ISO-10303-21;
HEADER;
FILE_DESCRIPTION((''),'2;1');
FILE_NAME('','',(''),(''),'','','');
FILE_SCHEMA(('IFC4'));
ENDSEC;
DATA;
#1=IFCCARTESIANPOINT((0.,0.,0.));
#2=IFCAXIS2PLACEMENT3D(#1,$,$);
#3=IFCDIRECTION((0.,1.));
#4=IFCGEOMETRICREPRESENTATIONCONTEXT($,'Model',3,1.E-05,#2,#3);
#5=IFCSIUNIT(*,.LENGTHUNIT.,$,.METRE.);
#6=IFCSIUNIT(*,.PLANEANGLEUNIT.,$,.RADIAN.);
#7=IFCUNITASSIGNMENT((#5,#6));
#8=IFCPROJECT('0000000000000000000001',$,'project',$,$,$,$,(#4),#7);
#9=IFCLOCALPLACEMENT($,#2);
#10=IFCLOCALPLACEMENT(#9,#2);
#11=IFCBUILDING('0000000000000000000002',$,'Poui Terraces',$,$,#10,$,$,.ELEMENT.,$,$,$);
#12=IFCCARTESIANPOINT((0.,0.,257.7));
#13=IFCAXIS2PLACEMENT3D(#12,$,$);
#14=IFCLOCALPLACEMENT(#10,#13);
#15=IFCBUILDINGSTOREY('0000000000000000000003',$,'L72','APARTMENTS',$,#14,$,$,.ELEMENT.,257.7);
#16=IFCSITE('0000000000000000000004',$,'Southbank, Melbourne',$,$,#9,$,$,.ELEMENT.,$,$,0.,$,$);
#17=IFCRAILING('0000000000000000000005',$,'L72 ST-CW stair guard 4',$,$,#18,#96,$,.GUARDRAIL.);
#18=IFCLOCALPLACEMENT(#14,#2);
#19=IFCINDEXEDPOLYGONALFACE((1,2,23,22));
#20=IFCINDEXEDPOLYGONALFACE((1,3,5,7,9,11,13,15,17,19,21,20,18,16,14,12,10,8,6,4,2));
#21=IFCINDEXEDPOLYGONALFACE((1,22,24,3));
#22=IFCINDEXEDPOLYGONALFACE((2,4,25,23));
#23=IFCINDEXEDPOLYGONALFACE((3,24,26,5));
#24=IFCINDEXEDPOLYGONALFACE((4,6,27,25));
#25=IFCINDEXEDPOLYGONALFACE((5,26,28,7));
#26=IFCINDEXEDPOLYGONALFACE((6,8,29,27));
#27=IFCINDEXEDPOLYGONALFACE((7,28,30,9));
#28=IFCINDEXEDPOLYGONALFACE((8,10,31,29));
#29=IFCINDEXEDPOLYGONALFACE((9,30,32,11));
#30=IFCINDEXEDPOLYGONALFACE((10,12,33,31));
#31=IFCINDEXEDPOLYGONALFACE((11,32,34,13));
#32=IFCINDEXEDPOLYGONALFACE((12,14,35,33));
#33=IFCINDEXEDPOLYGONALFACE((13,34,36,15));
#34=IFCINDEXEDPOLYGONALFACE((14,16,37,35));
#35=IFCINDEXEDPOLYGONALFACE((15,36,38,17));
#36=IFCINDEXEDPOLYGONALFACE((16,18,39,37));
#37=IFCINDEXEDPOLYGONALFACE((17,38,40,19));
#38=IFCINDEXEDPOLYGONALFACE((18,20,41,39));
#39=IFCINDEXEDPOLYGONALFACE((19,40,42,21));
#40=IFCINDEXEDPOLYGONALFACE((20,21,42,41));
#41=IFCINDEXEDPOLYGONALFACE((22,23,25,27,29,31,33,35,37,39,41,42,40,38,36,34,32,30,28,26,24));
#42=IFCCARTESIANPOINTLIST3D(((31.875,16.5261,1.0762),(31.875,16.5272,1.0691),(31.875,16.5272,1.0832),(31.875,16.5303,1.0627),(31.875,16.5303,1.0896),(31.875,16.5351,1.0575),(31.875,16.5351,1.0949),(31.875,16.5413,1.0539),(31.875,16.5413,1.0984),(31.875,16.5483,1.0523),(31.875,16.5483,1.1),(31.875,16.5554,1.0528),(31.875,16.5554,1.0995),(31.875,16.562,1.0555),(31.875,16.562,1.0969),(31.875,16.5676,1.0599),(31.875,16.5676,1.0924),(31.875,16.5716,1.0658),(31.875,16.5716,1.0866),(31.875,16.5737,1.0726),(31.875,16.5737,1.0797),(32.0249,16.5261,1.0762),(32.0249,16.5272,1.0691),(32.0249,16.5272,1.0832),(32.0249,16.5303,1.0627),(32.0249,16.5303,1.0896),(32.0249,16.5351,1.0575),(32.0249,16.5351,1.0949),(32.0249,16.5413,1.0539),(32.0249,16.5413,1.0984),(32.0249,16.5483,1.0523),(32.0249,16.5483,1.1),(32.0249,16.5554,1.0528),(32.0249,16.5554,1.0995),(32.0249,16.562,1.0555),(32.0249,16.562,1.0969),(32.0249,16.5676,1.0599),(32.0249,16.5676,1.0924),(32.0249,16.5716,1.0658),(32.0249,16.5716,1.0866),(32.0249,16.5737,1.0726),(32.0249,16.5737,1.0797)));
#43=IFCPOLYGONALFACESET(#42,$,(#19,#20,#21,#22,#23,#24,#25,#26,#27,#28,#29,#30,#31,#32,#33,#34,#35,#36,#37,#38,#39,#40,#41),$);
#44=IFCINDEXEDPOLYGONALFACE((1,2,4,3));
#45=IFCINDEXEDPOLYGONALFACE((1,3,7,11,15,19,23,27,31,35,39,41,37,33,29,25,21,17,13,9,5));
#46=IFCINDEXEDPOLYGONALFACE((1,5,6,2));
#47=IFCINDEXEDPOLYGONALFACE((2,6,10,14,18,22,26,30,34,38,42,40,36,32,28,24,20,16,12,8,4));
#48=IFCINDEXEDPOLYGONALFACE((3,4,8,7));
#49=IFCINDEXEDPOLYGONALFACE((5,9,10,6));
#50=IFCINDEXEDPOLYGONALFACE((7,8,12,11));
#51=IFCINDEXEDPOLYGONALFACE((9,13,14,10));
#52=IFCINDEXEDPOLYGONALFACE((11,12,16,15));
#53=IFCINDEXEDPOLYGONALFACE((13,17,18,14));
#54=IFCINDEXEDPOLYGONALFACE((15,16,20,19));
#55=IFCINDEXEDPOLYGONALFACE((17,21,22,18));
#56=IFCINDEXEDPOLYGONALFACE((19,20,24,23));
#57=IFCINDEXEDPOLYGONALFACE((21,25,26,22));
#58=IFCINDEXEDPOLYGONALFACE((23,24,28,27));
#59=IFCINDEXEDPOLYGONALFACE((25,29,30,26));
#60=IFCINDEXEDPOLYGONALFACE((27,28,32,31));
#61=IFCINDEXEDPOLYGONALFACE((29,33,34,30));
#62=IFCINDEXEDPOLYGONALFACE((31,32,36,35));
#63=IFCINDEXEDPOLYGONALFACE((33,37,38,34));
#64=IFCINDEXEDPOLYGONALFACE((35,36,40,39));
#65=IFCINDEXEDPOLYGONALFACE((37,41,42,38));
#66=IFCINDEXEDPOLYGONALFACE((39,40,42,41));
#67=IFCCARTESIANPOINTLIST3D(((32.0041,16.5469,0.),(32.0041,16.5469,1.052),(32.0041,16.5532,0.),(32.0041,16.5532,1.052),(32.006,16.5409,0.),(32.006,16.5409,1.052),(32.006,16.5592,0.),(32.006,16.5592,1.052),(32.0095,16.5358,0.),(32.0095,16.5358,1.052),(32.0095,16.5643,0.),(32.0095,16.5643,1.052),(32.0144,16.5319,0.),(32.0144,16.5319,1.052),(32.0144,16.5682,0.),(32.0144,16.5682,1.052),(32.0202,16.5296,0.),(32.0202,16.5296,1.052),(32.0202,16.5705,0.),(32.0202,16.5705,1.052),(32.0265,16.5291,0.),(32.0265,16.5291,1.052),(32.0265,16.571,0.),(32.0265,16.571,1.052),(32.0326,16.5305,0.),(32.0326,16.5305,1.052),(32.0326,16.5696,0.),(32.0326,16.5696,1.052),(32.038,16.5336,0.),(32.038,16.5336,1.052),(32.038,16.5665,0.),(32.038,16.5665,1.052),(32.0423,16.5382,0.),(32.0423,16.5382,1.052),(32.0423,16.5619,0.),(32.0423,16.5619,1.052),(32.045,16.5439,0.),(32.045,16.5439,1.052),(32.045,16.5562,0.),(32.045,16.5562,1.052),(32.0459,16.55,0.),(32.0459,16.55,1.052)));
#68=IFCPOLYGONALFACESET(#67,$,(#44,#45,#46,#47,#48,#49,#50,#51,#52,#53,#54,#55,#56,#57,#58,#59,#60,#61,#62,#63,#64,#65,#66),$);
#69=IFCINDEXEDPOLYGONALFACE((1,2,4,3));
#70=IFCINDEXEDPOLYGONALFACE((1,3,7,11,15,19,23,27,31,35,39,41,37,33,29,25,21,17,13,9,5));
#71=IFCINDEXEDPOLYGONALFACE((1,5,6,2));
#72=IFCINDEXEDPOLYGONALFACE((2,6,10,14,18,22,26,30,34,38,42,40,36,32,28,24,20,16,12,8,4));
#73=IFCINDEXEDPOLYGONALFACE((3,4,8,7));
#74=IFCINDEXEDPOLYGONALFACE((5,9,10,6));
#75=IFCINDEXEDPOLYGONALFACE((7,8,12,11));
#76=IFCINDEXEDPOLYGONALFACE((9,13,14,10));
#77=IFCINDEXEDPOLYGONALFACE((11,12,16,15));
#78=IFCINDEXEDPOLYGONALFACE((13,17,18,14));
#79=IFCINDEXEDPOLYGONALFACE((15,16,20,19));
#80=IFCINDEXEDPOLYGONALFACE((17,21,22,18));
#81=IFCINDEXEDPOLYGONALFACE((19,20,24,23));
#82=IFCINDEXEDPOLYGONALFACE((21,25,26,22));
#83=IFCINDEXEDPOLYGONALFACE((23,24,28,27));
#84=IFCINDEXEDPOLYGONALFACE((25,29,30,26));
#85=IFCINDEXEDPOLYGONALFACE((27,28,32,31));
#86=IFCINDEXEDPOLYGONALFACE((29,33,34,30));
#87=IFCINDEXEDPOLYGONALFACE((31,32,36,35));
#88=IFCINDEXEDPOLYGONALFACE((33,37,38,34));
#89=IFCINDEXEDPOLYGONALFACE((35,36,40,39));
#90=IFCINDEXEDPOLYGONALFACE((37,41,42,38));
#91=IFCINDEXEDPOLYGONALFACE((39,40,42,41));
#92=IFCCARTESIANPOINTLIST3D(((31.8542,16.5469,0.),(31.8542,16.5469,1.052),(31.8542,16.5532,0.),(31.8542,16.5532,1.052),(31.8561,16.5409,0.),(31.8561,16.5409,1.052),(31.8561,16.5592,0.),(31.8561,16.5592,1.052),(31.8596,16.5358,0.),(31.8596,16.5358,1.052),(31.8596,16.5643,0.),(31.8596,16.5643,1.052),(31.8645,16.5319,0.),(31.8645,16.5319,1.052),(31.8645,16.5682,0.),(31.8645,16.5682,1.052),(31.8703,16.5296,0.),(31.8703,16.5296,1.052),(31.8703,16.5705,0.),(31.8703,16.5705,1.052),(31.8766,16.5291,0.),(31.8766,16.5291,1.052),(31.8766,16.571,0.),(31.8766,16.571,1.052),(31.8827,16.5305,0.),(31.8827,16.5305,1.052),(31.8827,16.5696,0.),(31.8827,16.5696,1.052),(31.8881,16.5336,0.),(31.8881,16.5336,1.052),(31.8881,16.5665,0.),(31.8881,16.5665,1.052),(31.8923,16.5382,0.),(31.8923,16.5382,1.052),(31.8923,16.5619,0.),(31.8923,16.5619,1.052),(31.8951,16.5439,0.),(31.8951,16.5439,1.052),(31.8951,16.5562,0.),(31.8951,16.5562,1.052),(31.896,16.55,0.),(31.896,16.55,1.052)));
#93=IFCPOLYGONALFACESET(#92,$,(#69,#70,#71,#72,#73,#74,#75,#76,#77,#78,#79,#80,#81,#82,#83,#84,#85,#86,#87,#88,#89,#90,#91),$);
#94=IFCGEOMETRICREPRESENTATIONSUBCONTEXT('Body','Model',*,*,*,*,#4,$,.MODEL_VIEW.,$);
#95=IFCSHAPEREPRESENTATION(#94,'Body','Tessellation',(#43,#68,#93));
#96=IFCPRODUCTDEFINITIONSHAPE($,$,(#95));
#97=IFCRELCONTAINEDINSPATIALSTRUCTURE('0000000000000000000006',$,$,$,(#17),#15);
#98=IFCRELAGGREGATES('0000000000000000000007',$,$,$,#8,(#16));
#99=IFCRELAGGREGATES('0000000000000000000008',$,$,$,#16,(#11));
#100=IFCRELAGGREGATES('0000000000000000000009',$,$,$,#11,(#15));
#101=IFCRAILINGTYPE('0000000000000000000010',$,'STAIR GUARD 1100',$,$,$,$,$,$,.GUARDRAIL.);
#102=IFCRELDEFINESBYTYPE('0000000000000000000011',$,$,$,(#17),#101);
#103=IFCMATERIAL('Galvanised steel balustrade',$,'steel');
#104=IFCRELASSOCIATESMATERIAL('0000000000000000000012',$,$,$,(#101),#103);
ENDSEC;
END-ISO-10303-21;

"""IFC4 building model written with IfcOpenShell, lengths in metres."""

from ifc_helpers import new_model, si_unit, direction, frame, origin, origin_2d, place, context, subcontext, project, spatial, circle, extrude, material, type_object, element, save


model = new_model("IFC4")

# Units and contexts
model_context = context("Model", 3, precision=1e-05, world=origin(), true_north=direction((0.0, 1.0)))
body_context = subcontext(model_context, "Body", "Model", "MODEL_VIEW")
ifc_project = project(units=[si_unit("LENGTHUNIT", "METRE"), si_unit("PLANEANGLEUNIT", "RADIAN")], contexts=[model_context])

# Site, building, storey
site_placement = place(None, origin())
site = spatial("IfcSite", under=ifc_project, at=site_placement, Name="Southbank, Melbourne", CompositionType="ELEMENT", RefElevation=0.0)
building_placement = place(site_placement, origin())
building = spatial("IfcBuilding", under=site, at=building_placement, Name="Poui Terraces", CompositionType="ELEMENT")
storey_placement = place(building_placement, frame((0.0, 0.0, 257.7)))
storey = spatial("IfcBuildingStorey", under=building, at=storey_placement, Name="L72", Description="APARTMENTS", CompositionType="ELEMENT", Elevation=257.7)

# Railing
ifc_material_1 = material(Name="Galvanised steel balustrade", Category="steel")
railing_type = type_object("IfcRailingType", Name="STAIR GUARD 1100", PredefinedType="GUARDRAIL", material=ifc_material_1)
railing_placement = place(storey_placement, frame((32.0249, 16.55, 0.0)))
element("IfcRailing", 1, at=railing_placement, inside=storey, type_object=railing_type, Name="L72 ST-CW stair guard 4", PredefinedType="GUARDRAIL", context=body_context, shape_type="SweptSolid", body=[
    extrude(circle(Radius=0.0239, at=origin_2d()), frame((0.0, 0.0, 1.0762), z_axis=(-1.0, 0.0, 0.0), x_axis=(0.0, -1.0, 0.0)), (0.0, 0.0, 1.0), 0.1499),
    extrude(circle(Radius=0.021, at=origin_2d()), origin(), (0.0, 0.0, 1.0), 1.052),
    extrude(circle(Radius=0.021, at=origin_2d()), frame((-0.1499, 0.0, 0.0)), (0.0, 0.0, 1.0), 1.052),
])

save(model, "model.ifc")
